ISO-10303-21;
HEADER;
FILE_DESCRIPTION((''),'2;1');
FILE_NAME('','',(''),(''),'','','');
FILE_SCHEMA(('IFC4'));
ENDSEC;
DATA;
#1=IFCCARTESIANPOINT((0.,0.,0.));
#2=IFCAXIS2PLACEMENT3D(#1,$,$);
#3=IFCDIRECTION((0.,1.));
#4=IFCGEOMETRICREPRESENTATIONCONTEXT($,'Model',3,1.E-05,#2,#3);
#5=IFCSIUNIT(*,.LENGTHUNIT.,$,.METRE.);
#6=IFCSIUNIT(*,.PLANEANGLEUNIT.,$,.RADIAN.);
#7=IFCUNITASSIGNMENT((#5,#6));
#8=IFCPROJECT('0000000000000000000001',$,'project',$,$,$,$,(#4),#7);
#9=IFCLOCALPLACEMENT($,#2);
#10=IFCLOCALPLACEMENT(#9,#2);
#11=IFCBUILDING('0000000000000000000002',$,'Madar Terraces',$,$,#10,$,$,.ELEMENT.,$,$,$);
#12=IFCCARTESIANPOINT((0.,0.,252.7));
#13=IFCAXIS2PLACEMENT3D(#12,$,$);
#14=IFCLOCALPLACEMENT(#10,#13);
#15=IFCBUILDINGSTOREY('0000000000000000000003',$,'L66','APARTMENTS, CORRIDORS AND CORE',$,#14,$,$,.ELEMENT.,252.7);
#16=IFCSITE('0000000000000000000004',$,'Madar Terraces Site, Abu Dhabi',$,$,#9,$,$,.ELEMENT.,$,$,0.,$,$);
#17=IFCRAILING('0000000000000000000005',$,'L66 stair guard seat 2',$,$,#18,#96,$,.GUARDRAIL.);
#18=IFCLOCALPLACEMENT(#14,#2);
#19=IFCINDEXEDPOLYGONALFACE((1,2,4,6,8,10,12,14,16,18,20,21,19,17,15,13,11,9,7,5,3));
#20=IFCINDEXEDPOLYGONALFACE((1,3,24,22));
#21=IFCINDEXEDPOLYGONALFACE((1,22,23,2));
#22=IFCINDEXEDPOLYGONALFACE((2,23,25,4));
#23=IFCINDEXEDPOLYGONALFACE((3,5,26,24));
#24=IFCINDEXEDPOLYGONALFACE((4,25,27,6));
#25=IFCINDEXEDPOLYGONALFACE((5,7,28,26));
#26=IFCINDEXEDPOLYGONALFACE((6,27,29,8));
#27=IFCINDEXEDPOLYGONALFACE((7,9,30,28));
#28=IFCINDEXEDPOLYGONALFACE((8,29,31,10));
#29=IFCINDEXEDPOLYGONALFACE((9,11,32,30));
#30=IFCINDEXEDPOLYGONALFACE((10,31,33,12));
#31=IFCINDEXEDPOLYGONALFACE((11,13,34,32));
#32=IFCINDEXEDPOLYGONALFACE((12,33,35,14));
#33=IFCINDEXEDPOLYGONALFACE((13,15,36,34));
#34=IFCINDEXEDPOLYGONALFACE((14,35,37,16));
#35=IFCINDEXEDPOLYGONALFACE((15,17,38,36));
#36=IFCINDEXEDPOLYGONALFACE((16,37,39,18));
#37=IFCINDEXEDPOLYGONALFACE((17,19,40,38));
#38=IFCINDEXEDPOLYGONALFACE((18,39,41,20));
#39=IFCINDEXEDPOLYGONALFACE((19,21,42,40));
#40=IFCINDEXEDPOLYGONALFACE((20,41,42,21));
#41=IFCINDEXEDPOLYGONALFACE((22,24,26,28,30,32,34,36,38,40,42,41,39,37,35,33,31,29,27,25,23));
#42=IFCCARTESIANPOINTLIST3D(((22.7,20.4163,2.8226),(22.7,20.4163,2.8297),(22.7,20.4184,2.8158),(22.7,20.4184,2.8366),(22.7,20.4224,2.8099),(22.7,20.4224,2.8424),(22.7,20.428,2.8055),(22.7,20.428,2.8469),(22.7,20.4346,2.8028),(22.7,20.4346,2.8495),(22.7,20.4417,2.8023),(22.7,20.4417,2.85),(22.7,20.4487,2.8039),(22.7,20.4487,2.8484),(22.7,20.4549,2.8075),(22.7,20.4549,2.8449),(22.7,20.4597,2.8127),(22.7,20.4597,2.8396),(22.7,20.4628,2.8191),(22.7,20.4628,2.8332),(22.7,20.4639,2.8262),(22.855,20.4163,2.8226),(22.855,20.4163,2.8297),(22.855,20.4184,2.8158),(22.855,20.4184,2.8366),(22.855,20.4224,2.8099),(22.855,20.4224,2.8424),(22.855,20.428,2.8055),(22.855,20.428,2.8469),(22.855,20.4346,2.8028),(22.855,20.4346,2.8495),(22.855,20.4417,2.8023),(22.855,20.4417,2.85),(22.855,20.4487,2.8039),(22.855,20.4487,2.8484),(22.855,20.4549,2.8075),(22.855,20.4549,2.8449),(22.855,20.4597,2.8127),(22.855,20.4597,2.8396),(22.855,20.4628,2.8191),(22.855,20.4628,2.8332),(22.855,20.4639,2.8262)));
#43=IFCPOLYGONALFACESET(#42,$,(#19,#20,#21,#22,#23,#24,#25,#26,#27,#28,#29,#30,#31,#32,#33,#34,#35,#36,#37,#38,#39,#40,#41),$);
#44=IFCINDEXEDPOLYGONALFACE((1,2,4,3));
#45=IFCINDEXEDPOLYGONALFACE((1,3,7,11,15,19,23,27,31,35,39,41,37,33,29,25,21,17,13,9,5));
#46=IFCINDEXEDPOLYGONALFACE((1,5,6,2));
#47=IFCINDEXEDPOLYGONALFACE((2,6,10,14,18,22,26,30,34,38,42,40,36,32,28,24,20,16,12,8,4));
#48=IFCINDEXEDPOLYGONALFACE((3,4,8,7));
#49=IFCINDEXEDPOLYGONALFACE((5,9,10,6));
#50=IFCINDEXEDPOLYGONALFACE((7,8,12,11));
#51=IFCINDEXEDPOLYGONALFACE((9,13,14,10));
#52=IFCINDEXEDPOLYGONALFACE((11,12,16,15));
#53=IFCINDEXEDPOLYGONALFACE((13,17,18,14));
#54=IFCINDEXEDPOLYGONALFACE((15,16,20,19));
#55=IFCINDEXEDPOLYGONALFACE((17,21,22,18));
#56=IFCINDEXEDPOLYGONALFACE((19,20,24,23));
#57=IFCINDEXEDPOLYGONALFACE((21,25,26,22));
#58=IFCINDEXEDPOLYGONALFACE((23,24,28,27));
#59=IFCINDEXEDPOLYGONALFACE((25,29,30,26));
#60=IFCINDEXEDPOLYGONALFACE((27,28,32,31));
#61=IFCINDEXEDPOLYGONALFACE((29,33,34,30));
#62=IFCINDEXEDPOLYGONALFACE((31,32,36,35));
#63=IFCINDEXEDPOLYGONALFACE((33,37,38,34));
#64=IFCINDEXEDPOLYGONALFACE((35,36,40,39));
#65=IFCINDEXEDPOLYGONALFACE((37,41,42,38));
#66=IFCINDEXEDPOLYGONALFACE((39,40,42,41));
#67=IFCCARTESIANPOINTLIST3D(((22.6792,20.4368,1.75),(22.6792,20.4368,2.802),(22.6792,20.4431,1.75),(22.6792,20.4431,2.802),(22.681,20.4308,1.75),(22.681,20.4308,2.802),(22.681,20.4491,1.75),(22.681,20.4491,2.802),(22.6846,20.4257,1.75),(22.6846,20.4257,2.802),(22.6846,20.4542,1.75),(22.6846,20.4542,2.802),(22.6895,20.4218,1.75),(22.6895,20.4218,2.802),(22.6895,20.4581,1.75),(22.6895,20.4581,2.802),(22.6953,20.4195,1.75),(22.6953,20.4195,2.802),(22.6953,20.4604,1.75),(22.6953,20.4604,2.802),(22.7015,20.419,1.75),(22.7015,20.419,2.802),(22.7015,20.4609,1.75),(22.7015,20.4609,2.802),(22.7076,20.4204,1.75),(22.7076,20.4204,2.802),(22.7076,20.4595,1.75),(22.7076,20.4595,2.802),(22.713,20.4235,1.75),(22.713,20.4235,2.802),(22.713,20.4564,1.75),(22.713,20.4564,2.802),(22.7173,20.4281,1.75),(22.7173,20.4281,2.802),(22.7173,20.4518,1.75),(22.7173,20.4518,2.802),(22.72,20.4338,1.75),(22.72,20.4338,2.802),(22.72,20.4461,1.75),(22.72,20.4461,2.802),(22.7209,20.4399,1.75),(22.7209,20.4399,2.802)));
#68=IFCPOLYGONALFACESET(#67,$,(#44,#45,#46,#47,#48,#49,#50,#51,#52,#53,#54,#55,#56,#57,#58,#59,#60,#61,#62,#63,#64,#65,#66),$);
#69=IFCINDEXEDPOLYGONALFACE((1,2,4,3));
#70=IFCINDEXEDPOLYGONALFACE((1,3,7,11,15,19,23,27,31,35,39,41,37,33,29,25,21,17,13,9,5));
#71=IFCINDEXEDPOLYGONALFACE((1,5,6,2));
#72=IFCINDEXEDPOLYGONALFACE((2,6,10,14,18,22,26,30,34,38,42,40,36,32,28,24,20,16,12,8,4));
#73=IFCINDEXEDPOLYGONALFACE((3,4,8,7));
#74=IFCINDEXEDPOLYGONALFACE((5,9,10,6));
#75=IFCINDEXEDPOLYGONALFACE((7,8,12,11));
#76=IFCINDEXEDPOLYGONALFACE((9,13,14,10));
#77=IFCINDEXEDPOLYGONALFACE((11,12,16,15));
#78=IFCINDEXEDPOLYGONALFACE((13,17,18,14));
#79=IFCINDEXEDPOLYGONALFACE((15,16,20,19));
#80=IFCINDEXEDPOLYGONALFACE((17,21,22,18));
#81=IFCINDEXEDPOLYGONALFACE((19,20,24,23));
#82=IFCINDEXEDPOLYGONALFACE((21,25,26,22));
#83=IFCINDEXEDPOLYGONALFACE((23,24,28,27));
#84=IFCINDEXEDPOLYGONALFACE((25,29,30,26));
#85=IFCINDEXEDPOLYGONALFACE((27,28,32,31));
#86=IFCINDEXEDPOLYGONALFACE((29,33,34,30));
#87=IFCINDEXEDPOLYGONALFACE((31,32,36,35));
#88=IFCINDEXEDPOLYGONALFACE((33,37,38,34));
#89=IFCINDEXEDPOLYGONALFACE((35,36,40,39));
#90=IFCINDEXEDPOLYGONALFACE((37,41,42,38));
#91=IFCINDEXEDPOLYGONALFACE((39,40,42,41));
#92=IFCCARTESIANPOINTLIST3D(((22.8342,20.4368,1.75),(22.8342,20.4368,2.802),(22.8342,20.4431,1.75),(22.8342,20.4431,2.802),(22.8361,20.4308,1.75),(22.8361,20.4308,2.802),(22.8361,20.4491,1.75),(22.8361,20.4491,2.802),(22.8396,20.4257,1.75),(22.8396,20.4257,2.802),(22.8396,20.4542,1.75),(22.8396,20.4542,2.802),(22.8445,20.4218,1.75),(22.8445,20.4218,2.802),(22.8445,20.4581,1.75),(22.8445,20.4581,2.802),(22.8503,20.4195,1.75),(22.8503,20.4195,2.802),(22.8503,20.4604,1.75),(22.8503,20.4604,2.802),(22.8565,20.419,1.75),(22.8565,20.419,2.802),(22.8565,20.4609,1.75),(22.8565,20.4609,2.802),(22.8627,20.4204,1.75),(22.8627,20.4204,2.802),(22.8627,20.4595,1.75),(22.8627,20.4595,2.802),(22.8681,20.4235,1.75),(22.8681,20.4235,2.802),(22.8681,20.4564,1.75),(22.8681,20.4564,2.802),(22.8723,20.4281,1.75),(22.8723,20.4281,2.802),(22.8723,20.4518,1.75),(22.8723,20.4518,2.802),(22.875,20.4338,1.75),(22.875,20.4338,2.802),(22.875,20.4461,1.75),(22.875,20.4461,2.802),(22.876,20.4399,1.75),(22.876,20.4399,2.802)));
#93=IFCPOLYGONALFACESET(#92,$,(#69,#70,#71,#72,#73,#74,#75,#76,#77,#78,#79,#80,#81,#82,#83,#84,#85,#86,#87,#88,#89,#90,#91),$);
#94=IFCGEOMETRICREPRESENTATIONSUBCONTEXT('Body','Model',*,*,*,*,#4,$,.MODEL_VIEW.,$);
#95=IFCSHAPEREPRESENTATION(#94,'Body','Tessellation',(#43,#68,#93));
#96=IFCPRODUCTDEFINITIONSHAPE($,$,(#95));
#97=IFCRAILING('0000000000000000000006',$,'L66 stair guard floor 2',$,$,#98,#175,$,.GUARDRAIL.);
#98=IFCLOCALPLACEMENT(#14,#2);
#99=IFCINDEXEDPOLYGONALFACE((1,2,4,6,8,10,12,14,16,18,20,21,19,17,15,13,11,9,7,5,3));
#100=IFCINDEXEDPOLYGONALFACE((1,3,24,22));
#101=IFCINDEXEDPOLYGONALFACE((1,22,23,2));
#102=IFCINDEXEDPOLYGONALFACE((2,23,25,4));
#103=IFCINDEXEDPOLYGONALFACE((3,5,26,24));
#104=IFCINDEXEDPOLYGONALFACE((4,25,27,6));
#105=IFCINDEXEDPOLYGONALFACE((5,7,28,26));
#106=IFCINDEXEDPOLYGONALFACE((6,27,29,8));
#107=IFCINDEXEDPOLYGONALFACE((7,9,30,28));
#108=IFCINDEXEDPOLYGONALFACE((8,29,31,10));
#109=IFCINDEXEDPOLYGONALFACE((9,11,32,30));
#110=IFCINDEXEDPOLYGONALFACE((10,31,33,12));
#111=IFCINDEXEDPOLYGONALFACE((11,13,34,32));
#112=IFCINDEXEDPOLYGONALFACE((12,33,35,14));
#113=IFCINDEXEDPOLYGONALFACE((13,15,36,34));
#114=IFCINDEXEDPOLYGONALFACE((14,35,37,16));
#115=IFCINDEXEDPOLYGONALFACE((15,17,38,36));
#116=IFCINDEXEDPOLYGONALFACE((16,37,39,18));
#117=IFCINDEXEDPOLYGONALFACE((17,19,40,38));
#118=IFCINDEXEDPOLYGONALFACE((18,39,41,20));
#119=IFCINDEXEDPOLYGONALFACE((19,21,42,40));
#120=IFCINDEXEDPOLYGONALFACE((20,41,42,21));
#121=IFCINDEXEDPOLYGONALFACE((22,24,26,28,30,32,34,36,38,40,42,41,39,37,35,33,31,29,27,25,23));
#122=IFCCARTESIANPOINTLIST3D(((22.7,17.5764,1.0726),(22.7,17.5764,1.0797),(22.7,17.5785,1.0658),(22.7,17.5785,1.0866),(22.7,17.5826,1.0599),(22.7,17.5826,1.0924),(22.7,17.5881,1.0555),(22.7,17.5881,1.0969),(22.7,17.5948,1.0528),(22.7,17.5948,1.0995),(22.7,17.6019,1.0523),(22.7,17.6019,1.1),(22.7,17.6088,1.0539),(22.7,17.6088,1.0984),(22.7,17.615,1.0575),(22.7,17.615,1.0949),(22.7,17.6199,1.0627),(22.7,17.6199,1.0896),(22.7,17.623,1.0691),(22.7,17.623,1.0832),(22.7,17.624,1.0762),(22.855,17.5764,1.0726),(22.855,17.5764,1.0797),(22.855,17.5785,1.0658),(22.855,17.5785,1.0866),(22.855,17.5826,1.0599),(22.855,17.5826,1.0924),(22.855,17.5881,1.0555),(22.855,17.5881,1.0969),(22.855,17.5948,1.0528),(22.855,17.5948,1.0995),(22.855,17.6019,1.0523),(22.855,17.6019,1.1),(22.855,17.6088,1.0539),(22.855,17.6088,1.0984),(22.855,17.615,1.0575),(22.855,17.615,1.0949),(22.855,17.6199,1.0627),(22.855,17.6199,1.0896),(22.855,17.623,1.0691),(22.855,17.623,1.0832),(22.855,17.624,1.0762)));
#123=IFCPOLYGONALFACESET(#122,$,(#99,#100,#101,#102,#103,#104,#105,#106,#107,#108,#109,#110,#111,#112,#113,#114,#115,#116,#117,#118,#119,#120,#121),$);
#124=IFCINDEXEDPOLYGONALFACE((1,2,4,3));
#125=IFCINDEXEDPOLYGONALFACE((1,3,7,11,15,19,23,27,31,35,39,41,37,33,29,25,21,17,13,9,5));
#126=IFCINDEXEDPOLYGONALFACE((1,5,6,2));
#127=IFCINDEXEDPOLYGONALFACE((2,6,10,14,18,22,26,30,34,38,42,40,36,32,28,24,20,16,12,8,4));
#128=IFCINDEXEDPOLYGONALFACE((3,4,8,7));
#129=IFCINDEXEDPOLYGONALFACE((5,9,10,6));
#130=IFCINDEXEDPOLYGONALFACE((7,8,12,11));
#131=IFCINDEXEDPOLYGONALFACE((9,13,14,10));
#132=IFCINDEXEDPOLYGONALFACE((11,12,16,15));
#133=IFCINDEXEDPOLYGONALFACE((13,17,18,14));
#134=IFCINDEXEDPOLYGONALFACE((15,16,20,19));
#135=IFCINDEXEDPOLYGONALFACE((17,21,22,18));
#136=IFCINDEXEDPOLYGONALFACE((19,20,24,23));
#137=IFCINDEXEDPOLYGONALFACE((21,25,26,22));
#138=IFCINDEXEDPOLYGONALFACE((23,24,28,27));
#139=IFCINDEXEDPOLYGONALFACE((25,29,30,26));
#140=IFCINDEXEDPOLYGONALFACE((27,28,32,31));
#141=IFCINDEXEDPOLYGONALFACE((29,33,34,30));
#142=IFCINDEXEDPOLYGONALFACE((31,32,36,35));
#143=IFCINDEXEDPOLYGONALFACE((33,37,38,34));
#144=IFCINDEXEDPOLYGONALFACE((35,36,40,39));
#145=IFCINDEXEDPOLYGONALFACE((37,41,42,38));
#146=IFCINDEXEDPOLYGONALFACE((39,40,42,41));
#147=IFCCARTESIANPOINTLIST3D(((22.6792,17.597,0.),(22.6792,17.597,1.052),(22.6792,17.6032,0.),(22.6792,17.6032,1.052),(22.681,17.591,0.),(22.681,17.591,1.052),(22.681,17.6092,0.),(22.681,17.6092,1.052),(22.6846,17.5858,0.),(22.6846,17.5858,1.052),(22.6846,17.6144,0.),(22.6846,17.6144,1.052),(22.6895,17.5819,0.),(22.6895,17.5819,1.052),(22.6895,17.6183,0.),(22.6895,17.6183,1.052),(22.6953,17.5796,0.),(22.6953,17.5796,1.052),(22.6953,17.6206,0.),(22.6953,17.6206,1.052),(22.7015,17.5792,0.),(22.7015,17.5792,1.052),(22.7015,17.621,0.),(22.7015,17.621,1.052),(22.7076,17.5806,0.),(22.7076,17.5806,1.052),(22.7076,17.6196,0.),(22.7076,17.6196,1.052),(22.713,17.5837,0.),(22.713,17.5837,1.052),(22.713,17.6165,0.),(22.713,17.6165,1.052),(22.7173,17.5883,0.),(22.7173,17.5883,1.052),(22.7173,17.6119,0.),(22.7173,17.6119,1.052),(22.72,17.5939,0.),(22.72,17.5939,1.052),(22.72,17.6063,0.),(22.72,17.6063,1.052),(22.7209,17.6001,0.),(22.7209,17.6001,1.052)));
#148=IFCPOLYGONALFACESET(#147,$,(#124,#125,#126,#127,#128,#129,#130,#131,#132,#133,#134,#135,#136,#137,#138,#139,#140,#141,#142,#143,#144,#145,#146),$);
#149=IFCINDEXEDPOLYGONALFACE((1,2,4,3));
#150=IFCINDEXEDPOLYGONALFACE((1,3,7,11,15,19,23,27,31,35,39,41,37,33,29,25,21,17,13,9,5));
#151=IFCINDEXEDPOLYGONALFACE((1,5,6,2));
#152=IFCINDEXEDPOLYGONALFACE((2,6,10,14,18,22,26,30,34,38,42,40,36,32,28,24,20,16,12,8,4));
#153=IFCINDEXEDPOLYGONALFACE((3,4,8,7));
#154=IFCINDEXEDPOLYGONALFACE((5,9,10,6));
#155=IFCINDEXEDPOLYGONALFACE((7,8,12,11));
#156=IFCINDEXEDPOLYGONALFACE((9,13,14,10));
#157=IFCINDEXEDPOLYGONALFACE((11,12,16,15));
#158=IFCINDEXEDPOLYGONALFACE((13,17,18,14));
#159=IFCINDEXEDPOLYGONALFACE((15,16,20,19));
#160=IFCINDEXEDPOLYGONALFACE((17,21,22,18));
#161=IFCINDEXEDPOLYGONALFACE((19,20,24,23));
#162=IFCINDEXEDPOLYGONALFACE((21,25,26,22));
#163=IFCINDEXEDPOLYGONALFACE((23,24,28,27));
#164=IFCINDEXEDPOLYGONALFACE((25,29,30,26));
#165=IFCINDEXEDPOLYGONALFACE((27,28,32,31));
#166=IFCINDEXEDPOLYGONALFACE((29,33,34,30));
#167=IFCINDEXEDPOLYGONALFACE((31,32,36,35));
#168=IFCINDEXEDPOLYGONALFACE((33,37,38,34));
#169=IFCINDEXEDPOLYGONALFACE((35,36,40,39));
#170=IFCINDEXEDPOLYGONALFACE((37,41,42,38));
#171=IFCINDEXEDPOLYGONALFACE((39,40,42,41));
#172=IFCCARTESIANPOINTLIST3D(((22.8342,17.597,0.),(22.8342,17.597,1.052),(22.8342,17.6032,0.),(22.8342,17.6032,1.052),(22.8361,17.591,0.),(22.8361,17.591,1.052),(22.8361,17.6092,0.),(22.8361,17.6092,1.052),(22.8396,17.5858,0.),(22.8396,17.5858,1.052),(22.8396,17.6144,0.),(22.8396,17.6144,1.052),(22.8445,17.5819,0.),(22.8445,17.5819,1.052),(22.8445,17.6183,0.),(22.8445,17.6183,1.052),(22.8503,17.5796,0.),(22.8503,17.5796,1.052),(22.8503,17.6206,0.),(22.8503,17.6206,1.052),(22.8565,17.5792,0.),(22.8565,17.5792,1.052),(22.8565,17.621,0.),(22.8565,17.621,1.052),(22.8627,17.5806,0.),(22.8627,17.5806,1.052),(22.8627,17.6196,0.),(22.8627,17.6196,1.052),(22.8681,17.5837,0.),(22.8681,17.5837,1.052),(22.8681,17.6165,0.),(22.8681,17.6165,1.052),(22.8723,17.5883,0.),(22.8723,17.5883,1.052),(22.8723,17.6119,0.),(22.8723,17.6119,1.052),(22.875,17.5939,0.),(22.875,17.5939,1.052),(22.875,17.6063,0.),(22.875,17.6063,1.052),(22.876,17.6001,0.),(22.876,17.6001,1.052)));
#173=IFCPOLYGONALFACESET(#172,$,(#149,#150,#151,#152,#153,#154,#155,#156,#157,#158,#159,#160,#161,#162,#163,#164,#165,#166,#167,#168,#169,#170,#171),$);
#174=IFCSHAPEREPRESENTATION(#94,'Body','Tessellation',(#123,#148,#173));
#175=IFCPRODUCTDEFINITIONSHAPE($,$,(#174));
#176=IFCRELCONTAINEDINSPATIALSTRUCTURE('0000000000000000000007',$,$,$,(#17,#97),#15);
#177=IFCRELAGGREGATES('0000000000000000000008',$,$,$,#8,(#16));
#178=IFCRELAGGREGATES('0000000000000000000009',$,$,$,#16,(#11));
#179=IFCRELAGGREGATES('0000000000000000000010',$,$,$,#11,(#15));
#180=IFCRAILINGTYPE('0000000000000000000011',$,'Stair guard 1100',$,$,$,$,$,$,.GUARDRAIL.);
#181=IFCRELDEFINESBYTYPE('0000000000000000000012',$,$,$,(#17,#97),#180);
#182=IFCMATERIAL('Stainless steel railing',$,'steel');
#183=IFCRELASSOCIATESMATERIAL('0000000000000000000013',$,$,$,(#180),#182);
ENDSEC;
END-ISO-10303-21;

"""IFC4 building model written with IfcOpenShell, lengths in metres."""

from ifc_helpers import new_model, si_unit, direction, frame, origin, origin_2d, place, context, subcontext, project, spatial, circle, extrude, material, type_object, element, save


model = new_model("IFC4")

# Units and contexts
model_context = context("Model", 3, precision=1e-05, world=origin(), true_north=direction((0.0, 1.0)))
body_context = subcontext(model_context, "Body", "Model", "MODEL_VIEW")
ifc_project = project(units=[si_unit("LENGTHUNIT", "METRE"), si_unit("PLANEANGLEUNIT", "RADIAN")], contexts=[model_context])

# Site, building, storey
site_placement = place(None, origin())
site = spatial("IfcSite", under=ifc_project, at=site_placement, Name="Madar Terraces Site, Abu Dhabi", CompositionType="ELEMENT", RefElevation=0.0)
building_placement = place(site_placement, origin())
building = spatial("IfcBuilding", under=site, at=building_placement, Name="Madar Terraces", CompositionType="ELEMENT")
storey_placement = place(building_placement, frame((0.0, 0.0, 252.7)))
storey = spatial("IfcBuildingStorey", under=building, at=storey_placement, Name="L66", Description="APARTMENTS, CORRIDORS AND CORE", CompositionType="ELEMENT", Elevation=252.7)

# Railings
ifc_material_1 = material(Name="Stainless steel railing", Category="steel")
railing_type_1 = type_object("IfcRailingType", Name="Stair guard 1100", PredefinedType="GUARDRAIL", material=ifc_material_1)
for number, where, name in (
    (1, (22.7, 20.4399, 1.75), "L66 stair guard seat 2"),
    (2, (22.7, 17.6001, 0.0), "L66 stair guard floor 2"),
):
    element("IfcRailing", number, at=place(storey_placement, frame(where)), inside=storey, type_object=railing_type_1, Name=name, PredefinedType="GUARDRAIL", context=body_context, shape_type="SweptSolid", body=[
        extrude(circle(Radius=0.0239, at=origin_2d()), frame((0.0, 0.0, 1.0762), z_axis=(1.0, 0.0, 0.0), x_axis=(0.0, 1.0, 0.0)), (0.0, 0.0, 1.0), 0.155),
        extrude(circle(Radius=0.021, at=origin_2d()), origin(), (0.0, 0.0, 1.0), 1.052),
        extrude(circle(Radius=0.021, at=origin_2d()), frame((0.155, 0.0, 0.0)), (0.0, 0.0, 1.0), 1.052),
    ])

save(model, "model.ifc")
